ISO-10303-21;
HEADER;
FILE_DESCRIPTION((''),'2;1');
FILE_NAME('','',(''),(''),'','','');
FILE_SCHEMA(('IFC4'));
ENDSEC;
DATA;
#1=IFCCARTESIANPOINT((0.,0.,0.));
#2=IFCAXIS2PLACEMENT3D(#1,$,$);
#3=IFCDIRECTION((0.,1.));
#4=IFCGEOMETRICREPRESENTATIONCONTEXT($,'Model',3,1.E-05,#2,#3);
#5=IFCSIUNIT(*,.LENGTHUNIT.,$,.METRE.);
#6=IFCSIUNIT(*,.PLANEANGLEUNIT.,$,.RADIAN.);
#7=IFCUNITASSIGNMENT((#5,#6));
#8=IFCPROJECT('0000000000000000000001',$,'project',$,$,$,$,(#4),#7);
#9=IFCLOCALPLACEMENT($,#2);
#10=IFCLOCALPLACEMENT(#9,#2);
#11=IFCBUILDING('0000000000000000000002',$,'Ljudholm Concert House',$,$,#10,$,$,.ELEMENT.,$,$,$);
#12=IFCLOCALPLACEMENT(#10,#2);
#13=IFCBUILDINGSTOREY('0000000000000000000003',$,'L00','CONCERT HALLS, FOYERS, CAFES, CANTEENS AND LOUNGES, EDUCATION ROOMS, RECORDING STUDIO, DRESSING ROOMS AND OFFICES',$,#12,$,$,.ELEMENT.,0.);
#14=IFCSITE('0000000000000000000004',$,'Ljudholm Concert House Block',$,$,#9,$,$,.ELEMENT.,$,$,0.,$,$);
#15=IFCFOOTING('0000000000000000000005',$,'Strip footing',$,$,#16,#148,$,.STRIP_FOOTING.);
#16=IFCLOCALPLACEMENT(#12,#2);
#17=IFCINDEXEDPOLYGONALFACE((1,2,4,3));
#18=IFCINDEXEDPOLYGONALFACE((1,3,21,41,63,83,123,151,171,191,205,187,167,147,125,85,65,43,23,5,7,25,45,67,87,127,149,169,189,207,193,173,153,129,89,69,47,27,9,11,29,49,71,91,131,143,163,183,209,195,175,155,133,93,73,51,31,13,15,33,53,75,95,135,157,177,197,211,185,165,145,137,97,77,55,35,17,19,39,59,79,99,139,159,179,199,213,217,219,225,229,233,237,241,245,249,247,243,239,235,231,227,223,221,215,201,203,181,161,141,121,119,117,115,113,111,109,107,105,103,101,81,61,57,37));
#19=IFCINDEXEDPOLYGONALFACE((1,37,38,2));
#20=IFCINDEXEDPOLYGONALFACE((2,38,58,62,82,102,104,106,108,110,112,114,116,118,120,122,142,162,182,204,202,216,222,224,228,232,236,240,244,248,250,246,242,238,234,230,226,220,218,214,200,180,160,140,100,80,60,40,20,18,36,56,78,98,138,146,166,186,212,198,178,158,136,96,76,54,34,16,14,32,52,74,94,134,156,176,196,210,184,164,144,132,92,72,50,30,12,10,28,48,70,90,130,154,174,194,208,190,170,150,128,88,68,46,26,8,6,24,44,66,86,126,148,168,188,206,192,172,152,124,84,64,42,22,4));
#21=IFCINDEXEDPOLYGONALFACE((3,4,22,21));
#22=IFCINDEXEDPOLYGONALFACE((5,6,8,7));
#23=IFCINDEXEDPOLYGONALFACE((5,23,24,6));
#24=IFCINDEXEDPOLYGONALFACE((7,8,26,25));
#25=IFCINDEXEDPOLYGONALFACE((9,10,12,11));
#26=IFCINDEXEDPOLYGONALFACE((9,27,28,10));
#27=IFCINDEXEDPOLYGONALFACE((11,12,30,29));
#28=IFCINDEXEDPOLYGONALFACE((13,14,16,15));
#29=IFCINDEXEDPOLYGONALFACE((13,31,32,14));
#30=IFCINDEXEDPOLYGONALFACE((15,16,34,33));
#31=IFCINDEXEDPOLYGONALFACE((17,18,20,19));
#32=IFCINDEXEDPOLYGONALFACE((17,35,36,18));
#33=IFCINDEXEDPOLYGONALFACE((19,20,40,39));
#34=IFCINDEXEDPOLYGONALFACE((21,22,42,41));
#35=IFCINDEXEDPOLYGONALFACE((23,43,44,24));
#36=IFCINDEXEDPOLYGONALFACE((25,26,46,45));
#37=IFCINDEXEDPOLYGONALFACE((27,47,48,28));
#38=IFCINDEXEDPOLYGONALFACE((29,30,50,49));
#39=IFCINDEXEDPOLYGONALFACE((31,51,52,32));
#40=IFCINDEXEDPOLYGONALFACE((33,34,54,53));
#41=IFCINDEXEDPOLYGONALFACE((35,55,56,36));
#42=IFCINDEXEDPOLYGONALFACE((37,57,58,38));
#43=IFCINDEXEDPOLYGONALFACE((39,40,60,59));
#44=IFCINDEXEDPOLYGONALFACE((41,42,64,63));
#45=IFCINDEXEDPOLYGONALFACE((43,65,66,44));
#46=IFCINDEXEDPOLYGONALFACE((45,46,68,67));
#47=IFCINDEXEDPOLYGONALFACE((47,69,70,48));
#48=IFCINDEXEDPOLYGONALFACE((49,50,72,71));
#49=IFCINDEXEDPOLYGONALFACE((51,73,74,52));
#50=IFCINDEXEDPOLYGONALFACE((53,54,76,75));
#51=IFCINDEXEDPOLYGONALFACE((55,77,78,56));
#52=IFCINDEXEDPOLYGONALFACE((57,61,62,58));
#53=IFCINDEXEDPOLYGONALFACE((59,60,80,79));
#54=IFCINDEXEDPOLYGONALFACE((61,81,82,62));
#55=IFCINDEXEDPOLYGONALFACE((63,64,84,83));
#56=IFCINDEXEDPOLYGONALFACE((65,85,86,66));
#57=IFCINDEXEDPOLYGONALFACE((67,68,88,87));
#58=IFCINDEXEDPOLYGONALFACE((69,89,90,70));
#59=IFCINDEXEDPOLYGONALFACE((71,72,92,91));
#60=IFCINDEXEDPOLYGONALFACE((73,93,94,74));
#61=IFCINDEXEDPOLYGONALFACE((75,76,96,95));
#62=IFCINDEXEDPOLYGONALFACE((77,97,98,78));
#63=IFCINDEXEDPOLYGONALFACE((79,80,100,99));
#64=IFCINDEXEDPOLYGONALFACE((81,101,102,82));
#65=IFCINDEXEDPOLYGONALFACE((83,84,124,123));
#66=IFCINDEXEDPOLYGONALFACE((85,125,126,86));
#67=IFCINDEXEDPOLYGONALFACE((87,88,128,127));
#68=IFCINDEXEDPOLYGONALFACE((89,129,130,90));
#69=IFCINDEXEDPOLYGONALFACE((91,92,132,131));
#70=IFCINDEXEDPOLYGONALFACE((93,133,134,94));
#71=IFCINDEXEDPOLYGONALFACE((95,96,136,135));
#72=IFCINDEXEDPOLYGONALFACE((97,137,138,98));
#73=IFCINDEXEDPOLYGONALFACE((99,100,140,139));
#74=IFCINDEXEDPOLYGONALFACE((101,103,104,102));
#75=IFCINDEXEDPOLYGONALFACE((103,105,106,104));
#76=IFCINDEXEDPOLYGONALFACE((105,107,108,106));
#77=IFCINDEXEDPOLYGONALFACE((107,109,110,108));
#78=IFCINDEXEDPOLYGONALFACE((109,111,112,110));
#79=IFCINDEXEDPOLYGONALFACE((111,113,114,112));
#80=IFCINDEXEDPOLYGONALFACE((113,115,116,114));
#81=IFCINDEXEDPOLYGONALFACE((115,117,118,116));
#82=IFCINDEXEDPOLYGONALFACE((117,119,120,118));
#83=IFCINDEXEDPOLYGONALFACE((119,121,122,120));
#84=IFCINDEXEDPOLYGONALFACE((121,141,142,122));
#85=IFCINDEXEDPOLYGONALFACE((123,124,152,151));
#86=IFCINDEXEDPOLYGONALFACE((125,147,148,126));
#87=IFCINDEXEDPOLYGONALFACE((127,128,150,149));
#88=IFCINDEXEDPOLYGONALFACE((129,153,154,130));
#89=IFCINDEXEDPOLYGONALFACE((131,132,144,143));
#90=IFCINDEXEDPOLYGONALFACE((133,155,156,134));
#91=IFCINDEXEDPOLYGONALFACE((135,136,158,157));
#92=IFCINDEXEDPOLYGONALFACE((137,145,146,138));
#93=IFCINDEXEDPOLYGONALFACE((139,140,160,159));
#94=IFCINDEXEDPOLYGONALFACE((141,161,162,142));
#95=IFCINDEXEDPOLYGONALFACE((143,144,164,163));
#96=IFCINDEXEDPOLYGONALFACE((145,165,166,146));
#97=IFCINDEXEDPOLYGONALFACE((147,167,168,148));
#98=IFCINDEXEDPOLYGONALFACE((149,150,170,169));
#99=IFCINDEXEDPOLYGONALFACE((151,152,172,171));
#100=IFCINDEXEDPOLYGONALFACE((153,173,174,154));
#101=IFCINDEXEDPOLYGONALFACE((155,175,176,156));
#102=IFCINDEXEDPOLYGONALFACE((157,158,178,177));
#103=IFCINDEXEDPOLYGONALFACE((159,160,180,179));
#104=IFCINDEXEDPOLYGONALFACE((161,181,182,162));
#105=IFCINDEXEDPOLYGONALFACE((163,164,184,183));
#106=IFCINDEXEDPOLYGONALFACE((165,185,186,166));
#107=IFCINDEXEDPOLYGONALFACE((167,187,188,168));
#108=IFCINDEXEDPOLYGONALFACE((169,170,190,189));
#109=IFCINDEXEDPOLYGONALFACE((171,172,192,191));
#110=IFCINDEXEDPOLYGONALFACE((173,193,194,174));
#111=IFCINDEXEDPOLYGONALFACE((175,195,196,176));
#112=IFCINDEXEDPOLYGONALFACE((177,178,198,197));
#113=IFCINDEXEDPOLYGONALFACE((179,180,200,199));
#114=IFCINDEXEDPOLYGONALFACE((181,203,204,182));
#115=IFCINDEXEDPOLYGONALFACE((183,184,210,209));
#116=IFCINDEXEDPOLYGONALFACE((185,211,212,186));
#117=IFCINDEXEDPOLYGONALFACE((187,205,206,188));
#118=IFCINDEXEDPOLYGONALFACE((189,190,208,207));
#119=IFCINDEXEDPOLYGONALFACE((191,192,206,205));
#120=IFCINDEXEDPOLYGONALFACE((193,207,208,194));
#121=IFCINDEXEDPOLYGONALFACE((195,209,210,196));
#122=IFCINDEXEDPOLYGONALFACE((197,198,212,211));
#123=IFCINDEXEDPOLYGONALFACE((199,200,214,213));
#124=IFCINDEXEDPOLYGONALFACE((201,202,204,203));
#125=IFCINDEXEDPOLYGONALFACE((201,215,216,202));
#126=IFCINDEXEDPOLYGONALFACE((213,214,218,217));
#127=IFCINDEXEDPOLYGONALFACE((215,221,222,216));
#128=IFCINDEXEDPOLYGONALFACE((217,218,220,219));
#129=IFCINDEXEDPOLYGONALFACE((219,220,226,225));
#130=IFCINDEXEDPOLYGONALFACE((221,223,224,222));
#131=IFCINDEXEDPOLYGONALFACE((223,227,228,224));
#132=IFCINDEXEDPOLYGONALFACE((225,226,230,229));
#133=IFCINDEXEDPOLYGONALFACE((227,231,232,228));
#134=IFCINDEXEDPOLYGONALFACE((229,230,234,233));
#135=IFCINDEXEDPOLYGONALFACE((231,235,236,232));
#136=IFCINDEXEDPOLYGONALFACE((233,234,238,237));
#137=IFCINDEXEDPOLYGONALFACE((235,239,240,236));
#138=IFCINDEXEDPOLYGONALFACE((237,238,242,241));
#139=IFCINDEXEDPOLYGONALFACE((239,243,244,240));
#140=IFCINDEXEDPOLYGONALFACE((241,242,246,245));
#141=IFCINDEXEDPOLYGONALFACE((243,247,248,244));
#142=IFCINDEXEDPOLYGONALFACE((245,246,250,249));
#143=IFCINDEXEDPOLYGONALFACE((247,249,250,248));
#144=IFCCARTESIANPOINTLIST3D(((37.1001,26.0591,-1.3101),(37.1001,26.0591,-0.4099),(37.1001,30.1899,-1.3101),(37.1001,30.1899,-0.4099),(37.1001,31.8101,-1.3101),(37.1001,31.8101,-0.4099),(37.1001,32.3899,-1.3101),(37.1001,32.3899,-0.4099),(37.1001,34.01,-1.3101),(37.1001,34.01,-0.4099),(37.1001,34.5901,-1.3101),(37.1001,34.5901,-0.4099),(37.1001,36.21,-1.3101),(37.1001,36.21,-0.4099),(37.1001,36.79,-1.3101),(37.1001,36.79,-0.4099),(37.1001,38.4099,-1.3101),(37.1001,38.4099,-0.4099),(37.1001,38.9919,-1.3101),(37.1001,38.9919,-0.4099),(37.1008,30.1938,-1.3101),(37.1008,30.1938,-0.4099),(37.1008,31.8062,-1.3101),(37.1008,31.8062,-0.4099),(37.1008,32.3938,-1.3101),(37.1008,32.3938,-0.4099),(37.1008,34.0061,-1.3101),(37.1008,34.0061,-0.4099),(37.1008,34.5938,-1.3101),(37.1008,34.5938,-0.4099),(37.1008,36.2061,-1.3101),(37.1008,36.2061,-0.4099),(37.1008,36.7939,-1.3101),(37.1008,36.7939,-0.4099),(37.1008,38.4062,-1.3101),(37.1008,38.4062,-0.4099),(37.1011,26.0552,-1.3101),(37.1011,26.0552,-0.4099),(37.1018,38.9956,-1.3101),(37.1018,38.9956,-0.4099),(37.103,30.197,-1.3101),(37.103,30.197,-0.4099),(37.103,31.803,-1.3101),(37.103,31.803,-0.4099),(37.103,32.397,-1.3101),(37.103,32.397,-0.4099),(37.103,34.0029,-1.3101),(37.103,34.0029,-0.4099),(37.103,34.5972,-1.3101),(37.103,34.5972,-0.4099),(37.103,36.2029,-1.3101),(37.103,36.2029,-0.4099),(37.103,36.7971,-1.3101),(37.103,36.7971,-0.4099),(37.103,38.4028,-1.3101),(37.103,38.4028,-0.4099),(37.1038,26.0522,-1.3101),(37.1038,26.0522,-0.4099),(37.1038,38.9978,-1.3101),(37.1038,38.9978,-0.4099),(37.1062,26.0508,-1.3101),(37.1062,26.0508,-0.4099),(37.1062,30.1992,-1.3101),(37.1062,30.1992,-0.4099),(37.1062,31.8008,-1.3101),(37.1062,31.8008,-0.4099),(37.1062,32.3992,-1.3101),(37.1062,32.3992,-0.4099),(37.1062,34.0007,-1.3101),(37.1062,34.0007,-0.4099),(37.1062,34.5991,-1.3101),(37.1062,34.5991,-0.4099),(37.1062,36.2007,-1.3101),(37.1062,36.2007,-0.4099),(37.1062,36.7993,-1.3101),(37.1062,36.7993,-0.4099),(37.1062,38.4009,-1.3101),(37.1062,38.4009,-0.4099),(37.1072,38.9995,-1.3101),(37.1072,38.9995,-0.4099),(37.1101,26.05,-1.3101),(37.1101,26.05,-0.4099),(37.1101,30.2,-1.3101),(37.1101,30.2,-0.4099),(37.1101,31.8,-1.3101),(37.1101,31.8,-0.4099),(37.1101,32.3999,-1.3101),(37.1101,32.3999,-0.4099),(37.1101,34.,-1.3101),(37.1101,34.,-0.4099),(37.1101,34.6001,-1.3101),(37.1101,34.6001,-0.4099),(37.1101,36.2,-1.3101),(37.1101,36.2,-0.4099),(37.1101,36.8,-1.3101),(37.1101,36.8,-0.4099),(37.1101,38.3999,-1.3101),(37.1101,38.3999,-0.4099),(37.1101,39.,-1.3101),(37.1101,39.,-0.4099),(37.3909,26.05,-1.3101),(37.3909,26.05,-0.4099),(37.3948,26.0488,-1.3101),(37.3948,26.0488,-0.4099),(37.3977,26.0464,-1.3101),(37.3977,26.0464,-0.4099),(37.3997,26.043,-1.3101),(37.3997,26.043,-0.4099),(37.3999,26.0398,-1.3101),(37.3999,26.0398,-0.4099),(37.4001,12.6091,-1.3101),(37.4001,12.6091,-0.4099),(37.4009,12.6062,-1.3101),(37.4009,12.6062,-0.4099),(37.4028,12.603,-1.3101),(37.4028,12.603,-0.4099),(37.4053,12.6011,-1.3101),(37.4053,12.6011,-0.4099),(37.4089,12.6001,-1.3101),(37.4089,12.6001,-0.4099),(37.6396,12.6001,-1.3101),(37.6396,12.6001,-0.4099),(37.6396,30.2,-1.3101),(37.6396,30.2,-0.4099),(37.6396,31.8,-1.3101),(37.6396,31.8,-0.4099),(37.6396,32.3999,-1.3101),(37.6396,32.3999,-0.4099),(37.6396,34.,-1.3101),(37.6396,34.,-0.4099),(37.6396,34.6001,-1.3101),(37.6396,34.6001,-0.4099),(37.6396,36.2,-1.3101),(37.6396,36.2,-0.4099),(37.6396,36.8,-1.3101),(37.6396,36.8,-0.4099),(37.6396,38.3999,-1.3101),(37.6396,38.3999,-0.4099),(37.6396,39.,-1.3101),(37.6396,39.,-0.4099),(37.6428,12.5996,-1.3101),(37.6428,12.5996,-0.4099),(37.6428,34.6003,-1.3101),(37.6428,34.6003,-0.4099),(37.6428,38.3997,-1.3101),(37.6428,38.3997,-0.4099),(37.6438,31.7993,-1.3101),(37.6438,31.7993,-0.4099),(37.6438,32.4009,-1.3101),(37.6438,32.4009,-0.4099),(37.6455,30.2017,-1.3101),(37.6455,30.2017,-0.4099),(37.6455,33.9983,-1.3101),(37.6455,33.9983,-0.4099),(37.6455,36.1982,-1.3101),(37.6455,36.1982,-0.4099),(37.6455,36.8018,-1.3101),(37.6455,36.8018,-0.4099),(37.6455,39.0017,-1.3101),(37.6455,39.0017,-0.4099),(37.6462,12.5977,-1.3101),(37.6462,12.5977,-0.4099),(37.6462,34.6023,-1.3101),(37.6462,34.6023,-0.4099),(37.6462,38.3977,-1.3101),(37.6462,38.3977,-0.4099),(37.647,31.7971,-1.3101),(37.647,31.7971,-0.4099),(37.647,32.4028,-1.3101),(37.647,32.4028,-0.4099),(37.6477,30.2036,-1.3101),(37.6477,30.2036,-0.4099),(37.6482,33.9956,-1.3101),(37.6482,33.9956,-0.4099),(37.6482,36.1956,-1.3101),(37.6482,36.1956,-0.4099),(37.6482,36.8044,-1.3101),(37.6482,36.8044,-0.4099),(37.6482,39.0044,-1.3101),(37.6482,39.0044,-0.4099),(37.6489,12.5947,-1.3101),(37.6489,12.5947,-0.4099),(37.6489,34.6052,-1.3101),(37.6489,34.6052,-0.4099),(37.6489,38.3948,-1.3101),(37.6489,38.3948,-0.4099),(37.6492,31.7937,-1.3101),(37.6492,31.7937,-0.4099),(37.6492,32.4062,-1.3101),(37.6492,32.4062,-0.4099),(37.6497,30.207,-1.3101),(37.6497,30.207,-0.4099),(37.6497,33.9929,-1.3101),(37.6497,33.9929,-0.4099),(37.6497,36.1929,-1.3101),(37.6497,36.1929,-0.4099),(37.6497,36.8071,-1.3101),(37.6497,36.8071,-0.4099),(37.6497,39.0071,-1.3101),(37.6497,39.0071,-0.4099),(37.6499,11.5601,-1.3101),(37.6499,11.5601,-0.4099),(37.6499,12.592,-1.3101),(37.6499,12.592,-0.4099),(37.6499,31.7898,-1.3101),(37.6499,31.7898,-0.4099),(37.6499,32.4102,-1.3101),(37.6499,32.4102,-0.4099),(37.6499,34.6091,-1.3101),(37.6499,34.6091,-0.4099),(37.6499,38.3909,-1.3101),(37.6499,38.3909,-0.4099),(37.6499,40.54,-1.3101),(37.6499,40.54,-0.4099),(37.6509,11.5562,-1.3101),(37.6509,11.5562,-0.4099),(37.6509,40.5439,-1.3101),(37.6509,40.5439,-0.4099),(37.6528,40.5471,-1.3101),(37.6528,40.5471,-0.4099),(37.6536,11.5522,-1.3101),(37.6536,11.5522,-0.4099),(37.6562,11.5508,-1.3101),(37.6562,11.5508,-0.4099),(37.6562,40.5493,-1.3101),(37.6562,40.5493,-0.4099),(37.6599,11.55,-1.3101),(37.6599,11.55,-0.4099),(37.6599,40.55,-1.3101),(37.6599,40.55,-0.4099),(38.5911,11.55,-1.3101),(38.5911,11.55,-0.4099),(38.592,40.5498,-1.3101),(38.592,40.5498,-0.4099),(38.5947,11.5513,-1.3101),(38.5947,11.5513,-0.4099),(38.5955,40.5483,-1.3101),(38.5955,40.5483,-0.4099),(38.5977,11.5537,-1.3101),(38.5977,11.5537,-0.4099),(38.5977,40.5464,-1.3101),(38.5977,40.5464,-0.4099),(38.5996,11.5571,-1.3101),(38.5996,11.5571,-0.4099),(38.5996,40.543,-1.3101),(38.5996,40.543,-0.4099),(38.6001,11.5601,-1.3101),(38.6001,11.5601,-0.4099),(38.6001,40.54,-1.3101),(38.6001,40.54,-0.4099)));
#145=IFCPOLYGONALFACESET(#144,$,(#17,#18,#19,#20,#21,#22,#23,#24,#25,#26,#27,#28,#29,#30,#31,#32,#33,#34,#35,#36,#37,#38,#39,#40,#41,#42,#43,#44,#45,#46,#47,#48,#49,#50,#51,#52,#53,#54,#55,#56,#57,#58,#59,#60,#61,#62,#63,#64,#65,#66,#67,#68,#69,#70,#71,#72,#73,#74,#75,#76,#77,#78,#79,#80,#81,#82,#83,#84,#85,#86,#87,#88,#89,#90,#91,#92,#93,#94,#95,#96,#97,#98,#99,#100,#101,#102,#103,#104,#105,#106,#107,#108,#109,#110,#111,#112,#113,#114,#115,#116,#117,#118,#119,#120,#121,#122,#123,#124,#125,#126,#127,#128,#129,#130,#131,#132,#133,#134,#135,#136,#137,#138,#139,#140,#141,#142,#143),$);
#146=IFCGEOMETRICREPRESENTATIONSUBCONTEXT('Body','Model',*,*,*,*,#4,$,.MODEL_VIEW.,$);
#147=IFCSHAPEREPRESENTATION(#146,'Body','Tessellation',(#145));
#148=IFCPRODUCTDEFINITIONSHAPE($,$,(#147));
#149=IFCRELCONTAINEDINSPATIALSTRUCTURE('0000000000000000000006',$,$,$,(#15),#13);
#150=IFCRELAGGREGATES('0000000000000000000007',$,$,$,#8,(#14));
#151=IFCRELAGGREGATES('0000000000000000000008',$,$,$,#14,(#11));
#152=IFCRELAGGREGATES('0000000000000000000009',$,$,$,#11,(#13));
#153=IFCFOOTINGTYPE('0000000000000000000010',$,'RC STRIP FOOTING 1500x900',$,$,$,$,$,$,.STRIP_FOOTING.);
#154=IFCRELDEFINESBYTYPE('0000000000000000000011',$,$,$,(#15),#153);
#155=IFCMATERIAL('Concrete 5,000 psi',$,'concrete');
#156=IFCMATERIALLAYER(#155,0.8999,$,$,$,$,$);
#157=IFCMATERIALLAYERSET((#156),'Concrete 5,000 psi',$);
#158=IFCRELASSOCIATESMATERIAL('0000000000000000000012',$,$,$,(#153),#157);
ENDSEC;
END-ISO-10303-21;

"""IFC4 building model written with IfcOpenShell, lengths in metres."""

from ifc_helpers import new_model, si_unit, direction, frame, origin, place, context, subcontext, project, spatial, polyline, outline, extrude, material, layer, layer_set, type_object, element, save


model = new_model("IFC4")

# Units and contexts
model_context = context("Model", 3, precision=1e-05, world=origin(), true_north=direction((0.0, 1.0)))
body_context = subcontext(model_context, "Body", "Model", "MODEL_VIEW")
ifc_project = project(units=[si_unit("LENGTHUNIT", "METRE"), si_unit("PLANEANGLEUNIT", "RADIAN")], contexts=[model_context])

# Site, building, storey
site_placement = place(None, origin())
site = spatial("IfcSite", under=ifc_project, at=site_placement, Name="Ljudholm Concert House Block", CompositionType="ELEMENT", RefElevation=0.0)
building_placement = place(site_placement, origin())
building = spatial("IfcBuilding", under=site, at=building_placement, Name="Ljudholm Concert House", CompositionType="ELEMENT")
storey_placement = place(building_placement, origin())
storey = spatial("IfcBuildingStorey", under=building, at=storey_placement, Name="L00", Description="CONCERT HALLS, FOYERS, CAFES, CANTEENS AND LOUNGES, EDUCATION ROOMS, RECORDING STUDIO, DRESSING ROOMS AND OFFICES", CompositionType="ELEMENT", Elevation=0.0)

# Footing
ifc_material_1 = material(Name="Concrete 5,000 psi", Category="concrete")
ifc_layer_1 = layer(ifc_material_1, 0.8999)
ifc_layer_set_1 = layer_set([ifc_layer_1], Name="Concrete 5,000 psi")
footing_type_1 = type_object("IfcFootingType", Name="RC STRIP FOOTING 1500x900", PredefinedType="STRIP_FOOTING", material=ifc_layer_set_1)
footing_1_placement = place(storey_placement, frame((0.0, 0.0, -1.3101)))
element("IfcFooting", 1, at=footing_1_placement, inside=storey, type_object=footing_type_1, Name="Strip footing", PredefinedType="STRIP_FOOTING", context=body_context, shape_type="SweptSolid", body=[
    extrude(outline(polyline([(37.1001, 32.3899), (37.1001, 31.8101), (37.1008, 31.8062), (37.103, 31.803), (37.1062, 31.8008), (37.1101, 31.8), (37.6396, 31.8), (37.6438, 31.7993), (37.647, 31.7971), (37.6492, 31.7937), (37.6499, 31.7898), (37.6497, 30.207), (37.6477, 30.2036), (37.6455, 30.2017), (37.6396, 30.2), (37.1101, 30.2), (37.1062, 30.1992), (37.103, 30.197), (37.1008, 30.1938), (37.1001, 30.1899), (37.1001, 26.0591), (37.1011, 26.0552), (37.1038, 26.0522), (37.1062, 26.0508), (37.1101, 26.05), (37.3909, 26.05), (37.3948, 26.0488), (37.3977, 26.0464), (37.3997, 26.043), (37.3999, 26.0398), (37.4001, 12.6091), (37.4009, 12.6062), (37.4028, 12.603), (37.4053, 12.6011), (37.4089, 12.6001), (37.6396, 12.6001), (37.6428, 12.5996), (37.6462, 12.5977), (37.6489, 12.5947), (37.6499, 12.592), (37.6499, 11.5601), (37.6509, 11.5562), (37.6536, 11.5522), (37.6562, 11.5508), (37.6599, 11.55), (38.5911, 11.55), (38.5947, 11.5513), (38.5977, 11.5537), (38.5996, 11.5571), (38.6001, 11.5601), (38.6001, 40.54), (38.5996, 40.543), (38.5977, 40.5464), (38.5955, 40.5483), (38.592, 40.5498), (37.6599, 40.55), (37.6562, 40.5493), (37.6528, 40.5471), (37.6509, 40.5439), (37.6499, 40.54), (37.6497, 39.0071), (37.6482, 39.0044), (37.6455, 39.0017), (37.6396, 39.0), (37.1101, 39.0), (37.1072, 38.9995), (37.1038, 38.9978), (37.1018, 38.9956), (37.1001, 38.9919), (37.1001, 38.4099), (37.1008, 38.4062), (37.103, 38.4028), (37.1062, 38.4009), (37.1101, 38.3999), (37.6396, 38.3999), (37.6428, 38.3997), (37.6462, 38.3977), (37.6489, 38.3948), (37.6499, 38.3909), (37.6497, 36.8071), (37.6482, 36.8044), (37.6455, 36.8018), (37.6396, 36.8), (37.1101, 36.8), (37.1062, 36.7993), (37.103, 36.7971), (37.1008, 36.7939), (37.1001, 36.79), (37.1001, 36.21), (37.1008, 36.2061), (37.103, 36.2029), (37.1062, 36.2007), (37.1101, 36.2), (37.6396, 36.2), (37.6455, 36.1982), (37.6482, 36.1956), (37.6497, 36.1929), (37.6499, 34.6091), (37.6489, 34.6052), (37.6462, 34.6023), (37.6428, 34.6003), (37.6396, 34.6001), (37.1101, 34.6001), (37.1062, 34.5991), (37.103, 34.5972), (37.1008, 34.5938), (37.1001, 34.5901), (37.1001, 34.01), (37.1008, 34.0061), (37.103, 34.0029), (37.1062, 34.0007), (37.1101, 34.0), (37.6396, 34.0), (37.6455, 33.9983), (37.6482, 33.9956), (37.6497, 33.9929), (37.6499, 32.4102), (37.6492, 32.4062), (37.647, 32.4028), (37.6438, 32.4009), (37.6396, 32.3999), (37.1101, 32.3999), (37.1062, 32.3992), (37.103, 32.397), (37.1008, 32.3938), (37.1001, 32.3899)])), origin(), (0.0, 0.0, 1.0), 0.9001),
])

save(model, "model.ifc")
